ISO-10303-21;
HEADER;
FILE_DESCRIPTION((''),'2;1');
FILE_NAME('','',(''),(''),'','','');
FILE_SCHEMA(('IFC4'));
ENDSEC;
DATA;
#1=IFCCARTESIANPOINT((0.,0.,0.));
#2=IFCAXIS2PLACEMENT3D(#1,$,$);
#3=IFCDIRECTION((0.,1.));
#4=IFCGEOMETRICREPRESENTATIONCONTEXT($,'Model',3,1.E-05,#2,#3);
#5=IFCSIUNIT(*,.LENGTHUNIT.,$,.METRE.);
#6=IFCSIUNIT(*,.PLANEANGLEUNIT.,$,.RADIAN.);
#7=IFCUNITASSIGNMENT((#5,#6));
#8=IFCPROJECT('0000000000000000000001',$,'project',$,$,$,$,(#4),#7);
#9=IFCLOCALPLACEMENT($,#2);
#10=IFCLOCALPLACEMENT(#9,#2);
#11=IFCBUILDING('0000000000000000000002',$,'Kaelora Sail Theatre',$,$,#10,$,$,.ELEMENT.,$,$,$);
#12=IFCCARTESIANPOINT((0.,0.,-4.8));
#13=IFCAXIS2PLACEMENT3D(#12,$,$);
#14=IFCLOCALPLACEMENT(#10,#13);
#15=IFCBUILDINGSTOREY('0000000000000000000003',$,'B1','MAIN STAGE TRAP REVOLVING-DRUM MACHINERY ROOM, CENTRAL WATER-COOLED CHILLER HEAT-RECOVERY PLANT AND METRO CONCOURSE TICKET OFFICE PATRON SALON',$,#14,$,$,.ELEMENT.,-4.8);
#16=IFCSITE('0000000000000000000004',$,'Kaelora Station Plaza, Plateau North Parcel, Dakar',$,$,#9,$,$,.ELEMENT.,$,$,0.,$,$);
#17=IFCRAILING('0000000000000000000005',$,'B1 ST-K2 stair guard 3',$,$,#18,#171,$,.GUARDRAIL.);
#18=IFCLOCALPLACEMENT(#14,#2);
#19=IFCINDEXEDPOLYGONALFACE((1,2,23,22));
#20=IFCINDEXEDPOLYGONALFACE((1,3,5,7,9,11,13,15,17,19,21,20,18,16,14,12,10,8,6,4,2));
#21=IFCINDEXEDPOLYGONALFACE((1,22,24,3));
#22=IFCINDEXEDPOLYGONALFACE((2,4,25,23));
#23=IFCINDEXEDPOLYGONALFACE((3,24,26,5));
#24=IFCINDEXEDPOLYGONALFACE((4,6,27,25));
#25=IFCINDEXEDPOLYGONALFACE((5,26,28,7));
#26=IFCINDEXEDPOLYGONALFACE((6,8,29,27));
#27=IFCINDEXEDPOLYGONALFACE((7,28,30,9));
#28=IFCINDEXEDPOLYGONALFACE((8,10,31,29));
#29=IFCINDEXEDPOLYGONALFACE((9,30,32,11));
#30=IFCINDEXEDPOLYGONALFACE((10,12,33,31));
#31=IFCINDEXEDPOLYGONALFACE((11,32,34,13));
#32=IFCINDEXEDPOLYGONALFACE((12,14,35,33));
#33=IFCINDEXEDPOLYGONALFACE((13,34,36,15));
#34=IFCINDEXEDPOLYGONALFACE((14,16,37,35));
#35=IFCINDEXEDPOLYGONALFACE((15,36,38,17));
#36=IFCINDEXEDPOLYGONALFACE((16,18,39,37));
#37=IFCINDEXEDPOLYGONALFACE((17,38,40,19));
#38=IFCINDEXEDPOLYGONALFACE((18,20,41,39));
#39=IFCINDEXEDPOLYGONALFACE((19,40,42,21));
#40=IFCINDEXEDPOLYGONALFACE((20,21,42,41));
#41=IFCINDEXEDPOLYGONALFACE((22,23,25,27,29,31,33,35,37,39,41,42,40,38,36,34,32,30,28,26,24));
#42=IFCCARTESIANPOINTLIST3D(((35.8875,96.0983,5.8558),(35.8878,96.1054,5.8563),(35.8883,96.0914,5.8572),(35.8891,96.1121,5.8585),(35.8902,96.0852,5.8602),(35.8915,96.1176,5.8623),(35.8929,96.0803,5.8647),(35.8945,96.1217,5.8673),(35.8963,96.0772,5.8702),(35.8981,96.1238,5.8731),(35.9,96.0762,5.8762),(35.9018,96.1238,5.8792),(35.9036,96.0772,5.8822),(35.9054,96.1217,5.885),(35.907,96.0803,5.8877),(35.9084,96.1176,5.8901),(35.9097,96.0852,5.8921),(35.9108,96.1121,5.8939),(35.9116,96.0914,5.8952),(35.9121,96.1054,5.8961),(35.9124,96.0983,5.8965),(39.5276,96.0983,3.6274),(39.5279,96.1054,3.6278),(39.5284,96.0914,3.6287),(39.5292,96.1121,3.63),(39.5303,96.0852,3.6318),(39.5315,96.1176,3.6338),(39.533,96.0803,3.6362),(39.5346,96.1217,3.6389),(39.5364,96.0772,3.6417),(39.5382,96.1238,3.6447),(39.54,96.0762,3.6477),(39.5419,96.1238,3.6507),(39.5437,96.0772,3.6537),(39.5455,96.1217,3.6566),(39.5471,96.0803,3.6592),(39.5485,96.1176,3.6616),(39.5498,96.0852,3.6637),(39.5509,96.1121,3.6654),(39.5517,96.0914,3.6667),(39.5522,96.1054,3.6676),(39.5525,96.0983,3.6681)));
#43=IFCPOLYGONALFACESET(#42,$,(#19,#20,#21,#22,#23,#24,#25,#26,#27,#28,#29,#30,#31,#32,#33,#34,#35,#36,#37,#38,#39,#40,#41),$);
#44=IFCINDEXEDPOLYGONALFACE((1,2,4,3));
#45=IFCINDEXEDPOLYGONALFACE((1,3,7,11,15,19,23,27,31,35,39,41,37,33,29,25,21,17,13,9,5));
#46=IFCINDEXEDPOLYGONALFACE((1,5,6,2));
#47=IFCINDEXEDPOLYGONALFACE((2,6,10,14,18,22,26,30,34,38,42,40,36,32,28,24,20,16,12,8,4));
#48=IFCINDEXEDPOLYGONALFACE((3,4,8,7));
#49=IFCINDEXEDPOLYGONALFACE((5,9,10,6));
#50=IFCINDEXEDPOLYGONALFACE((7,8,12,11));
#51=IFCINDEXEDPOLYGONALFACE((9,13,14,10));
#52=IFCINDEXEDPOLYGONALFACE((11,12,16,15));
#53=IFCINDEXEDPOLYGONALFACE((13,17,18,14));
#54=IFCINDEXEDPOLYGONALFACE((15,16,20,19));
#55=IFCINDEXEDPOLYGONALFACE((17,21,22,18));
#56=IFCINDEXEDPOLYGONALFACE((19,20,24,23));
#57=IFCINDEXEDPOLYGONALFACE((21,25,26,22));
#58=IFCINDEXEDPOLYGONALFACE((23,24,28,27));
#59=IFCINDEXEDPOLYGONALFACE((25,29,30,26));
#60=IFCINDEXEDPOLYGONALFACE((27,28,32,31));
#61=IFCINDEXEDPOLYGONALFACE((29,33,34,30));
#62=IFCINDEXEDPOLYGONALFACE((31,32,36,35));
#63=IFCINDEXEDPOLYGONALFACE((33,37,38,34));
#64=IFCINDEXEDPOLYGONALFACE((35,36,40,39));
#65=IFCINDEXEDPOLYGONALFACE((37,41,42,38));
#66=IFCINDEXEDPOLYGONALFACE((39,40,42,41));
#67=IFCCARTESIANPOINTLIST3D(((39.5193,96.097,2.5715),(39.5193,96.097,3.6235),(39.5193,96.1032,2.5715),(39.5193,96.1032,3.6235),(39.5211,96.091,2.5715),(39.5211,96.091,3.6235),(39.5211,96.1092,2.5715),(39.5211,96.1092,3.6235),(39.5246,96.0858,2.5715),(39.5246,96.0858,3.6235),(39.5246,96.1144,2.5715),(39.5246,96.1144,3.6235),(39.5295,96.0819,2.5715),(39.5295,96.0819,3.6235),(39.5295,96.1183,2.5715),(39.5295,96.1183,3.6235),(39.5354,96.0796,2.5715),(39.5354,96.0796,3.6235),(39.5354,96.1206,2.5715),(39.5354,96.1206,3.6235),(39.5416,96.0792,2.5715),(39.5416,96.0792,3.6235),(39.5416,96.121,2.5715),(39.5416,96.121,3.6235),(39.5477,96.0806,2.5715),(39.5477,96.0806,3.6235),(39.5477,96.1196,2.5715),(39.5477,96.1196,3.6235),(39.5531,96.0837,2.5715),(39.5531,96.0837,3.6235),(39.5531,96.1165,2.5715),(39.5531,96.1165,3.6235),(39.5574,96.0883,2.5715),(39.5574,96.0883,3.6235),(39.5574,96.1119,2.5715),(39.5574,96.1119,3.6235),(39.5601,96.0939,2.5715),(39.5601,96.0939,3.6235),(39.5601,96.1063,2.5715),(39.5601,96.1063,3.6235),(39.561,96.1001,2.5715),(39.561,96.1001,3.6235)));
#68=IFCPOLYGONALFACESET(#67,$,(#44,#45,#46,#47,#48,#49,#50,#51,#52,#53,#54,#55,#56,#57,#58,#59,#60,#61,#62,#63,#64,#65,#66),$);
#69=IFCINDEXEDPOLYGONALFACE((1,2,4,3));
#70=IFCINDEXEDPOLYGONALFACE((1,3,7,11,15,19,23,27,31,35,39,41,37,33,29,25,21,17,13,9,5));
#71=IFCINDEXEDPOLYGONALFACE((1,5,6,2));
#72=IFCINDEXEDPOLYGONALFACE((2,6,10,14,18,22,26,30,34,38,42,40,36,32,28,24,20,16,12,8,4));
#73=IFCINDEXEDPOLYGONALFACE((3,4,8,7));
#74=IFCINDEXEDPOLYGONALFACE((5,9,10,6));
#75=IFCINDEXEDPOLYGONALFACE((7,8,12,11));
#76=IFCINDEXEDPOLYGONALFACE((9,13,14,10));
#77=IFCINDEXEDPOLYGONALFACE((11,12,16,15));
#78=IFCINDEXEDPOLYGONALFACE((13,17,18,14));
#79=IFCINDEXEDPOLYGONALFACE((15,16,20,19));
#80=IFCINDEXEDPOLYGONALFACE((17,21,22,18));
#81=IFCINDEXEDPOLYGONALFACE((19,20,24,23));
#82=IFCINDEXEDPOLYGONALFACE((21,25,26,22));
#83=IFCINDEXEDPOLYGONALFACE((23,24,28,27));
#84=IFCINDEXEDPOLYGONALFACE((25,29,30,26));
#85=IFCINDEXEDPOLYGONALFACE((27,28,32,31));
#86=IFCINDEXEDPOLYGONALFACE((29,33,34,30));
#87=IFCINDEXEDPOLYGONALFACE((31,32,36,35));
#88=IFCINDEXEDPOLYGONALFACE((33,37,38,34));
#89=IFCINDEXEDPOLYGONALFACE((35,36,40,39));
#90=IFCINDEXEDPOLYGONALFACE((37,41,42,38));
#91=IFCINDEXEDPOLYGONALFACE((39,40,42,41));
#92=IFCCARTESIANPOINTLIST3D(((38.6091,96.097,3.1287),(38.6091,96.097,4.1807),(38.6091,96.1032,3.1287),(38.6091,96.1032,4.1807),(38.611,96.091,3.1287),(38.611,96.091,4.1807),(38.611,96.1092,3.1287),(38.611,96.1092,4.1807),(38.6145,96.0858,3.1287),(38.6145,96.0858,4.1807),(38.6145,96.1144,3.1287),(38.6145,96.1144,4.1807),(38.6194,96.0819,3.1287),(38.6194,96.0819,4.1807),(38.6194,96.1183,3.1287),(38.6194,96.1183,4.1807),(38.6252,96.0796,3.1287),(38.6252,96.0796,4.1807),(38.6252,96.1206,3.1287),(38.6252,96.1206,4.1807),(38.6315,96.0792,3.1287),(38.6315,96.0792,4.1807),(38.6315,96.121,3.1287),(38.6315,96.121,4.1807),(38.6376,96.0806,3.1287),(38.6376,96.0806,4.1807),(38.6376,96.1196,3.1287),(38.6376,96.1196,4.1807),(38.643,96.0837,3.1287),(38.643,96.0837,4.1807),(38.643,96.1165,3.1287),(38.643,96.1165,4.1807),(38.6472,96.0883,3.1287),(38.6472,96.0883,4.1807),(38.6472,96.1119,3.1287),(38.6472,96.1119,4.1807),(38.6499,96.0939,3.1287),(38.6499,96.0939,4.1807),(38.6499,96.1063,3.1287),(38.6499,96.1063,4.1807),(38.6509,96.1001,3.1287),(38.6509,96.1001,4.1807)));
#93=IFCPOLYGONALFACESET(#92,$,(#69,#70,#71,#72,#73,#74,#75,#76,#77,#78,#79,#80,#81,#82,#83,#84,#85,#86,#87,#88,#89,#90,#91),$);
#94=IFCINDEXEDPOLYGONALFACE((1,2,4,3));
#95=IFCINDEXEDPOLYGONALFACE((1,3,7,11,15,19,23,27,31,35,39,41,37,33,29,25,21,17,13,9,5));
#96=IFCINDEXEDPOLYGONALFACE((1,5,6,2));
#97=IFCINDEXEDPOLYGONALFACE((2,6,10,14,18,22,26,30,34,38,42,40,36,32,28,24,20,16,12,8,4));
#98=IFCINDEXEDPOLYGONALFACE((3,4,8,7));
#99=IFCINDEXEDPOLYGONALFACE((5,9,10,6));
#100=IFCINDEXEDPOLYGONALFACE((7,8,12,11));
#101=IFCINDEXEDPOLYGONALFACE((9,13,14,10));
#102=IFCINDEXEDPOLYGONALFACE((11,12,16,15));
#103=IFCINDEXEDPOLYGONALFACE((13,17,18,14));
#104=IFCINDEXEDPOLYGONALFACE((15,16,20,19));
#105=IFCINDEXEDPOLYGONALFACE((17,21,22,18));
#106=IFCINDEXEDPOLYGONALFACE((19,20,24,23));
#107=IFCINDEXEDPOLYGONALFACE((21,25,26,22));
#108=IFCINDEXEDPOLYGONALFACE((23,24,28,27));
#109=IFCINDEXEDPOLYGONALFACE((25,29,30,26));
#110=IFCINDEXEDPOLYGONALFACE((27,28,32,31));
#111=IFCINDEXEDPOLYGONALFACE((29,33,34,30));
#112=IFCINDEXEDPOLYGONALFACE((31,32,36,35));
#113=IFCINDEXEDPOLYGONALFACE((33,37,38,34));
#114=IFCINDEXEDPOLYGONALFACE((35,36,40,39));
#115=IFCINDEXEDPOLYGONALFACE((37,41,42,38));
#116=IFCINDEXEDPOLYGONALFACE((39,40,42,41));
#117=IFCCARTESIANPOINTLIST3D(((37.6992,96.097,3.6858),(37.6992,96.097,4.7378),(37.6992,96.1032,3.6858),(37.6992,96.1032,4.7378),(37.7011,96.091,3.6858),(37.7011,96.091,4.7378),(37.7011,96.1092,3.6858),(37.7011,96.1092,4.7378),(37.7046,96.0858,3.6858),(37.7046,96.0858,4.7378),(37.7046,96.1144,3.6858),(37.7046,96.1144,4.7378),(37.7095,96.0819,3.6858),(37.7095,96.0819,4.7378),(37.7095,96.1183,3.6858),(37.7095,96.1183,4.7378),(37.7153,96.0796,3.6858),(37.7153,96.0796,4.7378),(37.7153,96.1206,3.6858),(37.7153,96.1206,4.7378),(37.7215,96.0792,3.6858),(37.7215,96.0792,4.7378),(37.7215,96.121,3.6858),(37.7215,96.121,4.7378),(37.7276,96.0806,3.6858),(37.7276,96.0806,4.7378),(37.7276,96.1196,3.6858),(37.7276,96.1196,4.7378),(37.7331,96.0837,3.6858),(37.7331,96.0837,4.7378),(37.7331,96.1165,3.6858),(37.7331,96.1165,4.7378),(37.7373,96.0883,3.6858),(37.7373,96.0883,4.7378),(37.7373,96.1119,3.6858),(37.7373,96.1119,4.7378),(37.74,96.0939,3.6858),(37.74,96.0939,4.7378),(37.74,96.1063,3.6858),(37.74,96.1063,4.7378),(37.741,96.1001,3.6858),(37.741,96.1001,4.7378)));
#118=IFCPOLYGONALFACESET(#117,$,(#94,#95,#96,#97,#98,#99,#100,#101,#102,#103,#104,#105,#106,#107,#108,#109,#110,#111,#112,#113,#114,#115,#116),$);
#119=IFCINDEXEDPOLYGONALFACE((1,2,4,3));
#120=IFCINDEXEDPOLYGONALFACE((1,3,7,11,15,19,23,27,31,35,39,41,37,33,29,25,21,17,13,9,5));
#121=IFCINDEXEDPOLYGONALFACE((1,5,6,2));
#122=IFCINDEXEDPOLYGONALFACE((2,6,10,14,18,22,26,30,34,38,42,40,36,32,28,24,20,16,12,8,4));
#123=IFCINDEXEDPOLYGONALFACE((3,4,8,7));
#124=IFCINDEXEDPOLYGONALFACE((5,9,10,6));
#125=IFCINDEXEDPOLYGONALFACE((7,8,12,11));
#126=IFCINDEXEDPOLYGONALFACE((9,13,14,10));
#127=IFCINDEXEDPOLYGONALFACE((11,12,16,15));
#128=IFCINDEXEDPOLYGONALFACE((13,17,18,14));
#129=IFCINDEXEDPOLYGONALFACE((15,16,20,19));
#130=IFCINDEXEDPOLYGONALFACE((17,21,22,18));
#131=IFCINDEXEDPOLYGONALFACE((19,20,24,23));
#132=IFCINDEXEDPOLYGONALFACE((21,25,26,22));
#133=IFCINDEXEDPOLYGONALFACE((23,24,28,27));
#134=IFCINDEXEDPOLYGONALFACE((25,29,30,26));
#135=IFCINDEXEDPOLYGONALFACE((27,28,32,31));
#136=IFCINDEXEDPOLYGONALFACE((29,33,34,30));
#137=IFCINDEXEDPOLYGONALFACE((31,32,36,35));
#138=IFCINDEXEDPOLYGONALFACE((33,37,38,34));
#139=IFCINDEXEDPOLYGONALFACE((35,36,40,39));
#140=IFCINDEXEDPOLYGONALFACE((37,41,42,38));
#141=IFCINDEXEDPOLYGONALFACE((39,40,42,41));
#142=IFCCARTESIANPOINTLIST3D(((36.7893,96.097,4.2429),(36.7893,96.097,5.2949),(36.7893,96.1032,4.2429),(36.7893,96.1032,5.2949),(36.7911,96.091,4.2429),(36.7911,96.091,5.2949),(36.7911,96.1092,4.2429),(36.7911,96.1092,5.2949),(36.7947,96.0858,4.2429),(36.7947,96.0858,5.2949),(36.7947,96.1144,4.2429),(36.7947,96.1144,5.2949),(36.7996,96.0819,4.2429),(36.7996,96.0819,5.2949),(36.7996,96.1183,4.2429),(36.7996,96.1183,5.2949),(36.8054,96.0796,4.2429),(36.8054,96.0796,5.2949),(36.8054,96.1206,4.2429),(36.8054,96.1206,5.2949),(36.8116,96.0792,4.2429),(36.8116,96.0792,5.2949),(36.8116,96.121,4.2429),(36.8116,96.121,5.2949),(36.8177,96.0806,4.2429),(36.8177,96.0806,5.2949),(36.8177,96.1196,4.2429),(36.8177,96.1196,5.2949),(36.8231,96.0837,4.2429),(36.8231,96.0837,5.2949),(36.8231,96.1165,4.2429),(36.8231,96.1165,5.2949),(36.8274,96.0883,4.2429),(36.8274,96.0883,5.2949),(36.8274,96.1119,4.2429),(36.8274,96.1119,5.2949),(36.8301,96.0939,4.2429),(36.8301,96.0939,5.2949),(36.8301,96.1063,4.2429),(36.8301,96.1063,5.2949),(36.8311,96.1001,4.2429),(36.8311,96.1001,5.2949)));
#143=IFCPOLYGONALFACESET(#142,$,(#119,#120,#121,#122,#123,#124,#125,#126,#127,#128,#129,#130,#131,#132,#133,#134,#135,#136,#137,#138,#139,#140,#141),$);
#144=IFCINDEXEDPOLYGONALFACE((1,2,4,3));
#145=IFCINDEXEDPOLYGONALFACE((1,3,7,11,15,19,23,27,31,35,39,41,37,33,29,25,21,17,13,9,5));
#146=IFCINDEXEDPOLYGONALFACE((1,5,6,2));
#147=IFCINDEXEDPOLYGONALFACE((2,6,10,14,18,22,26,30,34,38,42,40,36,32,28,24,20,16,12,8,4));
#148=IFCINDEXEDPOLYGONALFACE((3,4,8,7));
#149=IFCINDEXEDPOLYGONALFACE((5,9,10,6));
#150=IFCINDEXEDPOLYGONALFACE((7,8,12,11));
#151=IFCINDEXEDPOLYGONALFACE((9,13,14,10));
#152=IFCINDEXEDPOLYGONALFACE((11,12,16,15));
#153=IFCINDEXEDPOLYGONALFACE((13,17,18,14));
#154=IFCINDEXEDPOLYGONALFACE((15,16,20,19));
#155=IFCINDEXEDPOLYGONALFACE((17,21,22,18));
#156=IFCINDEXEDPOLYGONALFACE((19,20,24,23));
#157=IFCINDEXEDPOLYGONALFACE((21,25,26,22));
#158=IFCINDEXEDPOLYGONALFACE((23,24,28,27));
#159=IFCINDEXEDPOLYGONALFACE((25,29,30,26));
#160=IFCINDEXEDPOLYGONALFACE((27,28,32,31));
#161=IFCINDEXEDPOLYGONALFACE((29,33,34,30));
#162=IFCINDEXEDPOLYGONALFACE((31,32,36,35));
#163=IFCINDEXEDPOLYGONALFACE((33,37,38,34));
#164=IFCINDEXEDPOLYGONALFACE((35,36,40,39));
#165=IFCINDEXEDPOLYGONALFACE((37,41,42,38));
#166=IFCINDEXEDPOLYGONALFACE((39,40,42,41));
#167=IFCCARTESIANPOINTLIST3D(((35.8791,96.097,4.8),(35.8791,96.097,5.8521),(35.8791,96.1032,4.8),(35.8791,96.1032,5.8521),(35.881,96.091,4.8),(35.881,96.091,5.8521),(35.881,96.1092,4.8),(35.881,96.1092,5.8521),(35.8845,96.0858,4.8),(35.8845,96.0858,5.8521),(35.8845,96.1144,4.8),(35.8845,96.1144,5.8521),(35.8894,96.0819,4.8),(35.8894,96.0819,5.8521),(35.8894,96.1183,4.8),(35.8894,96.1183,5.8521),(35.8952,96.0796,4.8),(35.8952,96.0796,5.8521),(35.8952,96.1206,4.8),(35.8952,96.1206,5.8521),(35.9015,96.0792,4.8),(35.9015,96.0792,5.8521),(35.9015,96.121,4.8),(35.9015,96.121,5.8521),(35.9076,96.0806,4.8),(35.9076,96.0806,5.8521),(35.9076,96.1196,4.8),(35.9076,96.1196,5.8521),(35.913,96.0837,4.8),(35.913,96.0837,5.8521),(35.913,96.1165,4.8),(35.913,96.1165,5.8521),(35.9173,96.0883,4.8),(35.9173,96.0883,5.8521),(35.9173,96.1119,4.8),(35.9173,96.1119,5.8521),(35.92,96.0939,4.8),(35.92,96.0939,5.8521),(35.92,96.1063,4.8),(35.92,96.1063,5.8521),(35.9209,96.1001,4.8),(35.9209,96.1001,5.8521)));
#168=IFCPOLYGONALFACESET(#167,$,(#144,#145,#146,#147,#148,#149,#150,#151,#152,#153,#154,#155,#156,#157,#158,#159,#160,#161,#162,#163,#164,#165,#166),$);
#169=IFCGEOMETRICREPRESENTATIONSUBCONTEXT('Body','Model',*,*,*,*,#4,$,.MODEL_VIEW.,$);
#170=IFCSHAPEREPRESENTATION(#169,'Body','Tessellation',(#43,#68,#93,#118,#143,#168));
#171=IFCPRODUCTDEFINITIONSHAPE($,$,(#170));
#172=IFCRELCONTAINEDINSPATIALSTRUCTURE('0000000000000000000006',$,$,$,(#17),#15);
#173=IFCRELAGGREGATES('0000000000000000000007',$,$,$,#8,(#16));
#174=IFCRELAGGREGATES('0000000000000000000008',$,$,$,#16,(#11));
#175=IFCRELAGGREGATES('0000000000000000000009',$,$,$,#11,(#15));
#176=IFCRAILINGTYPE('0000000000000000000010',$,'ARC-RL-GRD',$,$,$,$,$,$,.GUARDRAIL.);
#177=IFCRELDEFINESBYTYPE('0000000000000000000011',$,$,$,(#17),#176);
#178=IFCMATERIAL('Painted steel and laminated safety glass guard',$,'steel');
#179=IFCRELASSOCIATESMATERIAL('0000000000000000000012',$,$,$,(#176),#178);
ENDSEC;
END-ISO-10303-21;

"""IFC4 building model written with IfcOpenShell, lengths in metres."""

from ifc_helpers import new_model, si_unit, direction, frame, origin, origin_2d, place, context, subcontext, project, spatial, circle, extrude, material, type_object, element, save


model = new_model("IFC4")

# Units and contexts
model_context = context("Model", 3, precision=1e-05, world=origin(), true_north=direction((0.0, 1.0)))
body_context = subcontext(model_context, "Body", "Model", "MODEL_VIEW")
ifc_project = project(units=[si_unit("LENGTHUNIT", "METRE"), si_unit("PLANEANGLEUNIT", "RADIAN")], contexts=[model_context])

# Site, building, storey
site_placement = place(None, origin())
site = spatial("IfcSite", under=ifc_project, at=site_placement, Name="Kaelora Station Plaza, Plateau North Parcel, Dakar", CompositionType="ELEMENT", RefElevation=0.0)
building_placement = place(site_placement, origin())
building = spatial("IfcBuilding", under=site, at=building_placement, Name="Kaelora Sail Theatre", CompositionType="ELEMENT")
storey_placement = place(building_placement, frame((0.0, 0.0, -4.8)))
storey = spatial("IfcBuildingStorey", under=building, at=storey_placement, Name="B1", Description="MAIN STAGE TRAP REVOLVING-DRUM MACHINERY ROOM, CENTRAL WATER-COOLED CHILLER HEAT-RECOVERY PLANT AND METRO CONCOURSE TICKET OFFICE PATRON SALON", CompositionType="ELEMENT", Elevation=-4.8)

# Railing
ifc_material_1 = material(Name="Painted steel and laminated safety glass guard", Category="steel")
railing_type_1 = type_object("IfcRailingType", Name="ARC-RL-GRD", PredefinedType="GUARDRAIL", material=ifc_material_1)
railing_1_placement = place(storey_placement, frame((39.54, 96.1001, 2.5715)))
element("IfcRailing", 1, at=railing_1_placement, inside=storey, type_object=railing_type_1, Name="B1 ST-K2 stair guard 3", PredefinedType="GUARDRAIL", context=body_context, shape_type="SweptSolid", body=[
    extrude(circle(Radius=0.0239, at=origin_2d()), frame((0.0, 0.0, 1.0762), z_axis=(-0.852866, 0.0, 0.52213), x_axis=(0.0, -1.0, 0.0)), (0.0, 0.0, 1.0), 4.2681),
    extrude(circle(Radius=0.021, at=origin_2d()), origin(), (0.0, 0.0, 1.0), 1.052),
    extrude(circle(Radius=0.021, at=origin_2d()), frame((-0.9102, 0.0, 0.5571)), (0.0, 0.0, 1.0), 1.052),
    extrude(circle(Radius=0.021, at=origin_2d()), frame((-1.8201, 0.0, 1.1143)), (0.0, 0.0, 1.0), 1.052),
    extrude(circle(Radius=0.021, at=origin_2d()), frame((-2.73, 0.0, 1.6714)), (0.0, 0.0, 1.0), 1.052),
    extrude(circle(Radius=0.021, at=origin_2d()), frame((-3.6401, 0.0, 2.2285)), (0.0, 0.0, 1.0), 1.052),
])

save(model, "model.ifc")
